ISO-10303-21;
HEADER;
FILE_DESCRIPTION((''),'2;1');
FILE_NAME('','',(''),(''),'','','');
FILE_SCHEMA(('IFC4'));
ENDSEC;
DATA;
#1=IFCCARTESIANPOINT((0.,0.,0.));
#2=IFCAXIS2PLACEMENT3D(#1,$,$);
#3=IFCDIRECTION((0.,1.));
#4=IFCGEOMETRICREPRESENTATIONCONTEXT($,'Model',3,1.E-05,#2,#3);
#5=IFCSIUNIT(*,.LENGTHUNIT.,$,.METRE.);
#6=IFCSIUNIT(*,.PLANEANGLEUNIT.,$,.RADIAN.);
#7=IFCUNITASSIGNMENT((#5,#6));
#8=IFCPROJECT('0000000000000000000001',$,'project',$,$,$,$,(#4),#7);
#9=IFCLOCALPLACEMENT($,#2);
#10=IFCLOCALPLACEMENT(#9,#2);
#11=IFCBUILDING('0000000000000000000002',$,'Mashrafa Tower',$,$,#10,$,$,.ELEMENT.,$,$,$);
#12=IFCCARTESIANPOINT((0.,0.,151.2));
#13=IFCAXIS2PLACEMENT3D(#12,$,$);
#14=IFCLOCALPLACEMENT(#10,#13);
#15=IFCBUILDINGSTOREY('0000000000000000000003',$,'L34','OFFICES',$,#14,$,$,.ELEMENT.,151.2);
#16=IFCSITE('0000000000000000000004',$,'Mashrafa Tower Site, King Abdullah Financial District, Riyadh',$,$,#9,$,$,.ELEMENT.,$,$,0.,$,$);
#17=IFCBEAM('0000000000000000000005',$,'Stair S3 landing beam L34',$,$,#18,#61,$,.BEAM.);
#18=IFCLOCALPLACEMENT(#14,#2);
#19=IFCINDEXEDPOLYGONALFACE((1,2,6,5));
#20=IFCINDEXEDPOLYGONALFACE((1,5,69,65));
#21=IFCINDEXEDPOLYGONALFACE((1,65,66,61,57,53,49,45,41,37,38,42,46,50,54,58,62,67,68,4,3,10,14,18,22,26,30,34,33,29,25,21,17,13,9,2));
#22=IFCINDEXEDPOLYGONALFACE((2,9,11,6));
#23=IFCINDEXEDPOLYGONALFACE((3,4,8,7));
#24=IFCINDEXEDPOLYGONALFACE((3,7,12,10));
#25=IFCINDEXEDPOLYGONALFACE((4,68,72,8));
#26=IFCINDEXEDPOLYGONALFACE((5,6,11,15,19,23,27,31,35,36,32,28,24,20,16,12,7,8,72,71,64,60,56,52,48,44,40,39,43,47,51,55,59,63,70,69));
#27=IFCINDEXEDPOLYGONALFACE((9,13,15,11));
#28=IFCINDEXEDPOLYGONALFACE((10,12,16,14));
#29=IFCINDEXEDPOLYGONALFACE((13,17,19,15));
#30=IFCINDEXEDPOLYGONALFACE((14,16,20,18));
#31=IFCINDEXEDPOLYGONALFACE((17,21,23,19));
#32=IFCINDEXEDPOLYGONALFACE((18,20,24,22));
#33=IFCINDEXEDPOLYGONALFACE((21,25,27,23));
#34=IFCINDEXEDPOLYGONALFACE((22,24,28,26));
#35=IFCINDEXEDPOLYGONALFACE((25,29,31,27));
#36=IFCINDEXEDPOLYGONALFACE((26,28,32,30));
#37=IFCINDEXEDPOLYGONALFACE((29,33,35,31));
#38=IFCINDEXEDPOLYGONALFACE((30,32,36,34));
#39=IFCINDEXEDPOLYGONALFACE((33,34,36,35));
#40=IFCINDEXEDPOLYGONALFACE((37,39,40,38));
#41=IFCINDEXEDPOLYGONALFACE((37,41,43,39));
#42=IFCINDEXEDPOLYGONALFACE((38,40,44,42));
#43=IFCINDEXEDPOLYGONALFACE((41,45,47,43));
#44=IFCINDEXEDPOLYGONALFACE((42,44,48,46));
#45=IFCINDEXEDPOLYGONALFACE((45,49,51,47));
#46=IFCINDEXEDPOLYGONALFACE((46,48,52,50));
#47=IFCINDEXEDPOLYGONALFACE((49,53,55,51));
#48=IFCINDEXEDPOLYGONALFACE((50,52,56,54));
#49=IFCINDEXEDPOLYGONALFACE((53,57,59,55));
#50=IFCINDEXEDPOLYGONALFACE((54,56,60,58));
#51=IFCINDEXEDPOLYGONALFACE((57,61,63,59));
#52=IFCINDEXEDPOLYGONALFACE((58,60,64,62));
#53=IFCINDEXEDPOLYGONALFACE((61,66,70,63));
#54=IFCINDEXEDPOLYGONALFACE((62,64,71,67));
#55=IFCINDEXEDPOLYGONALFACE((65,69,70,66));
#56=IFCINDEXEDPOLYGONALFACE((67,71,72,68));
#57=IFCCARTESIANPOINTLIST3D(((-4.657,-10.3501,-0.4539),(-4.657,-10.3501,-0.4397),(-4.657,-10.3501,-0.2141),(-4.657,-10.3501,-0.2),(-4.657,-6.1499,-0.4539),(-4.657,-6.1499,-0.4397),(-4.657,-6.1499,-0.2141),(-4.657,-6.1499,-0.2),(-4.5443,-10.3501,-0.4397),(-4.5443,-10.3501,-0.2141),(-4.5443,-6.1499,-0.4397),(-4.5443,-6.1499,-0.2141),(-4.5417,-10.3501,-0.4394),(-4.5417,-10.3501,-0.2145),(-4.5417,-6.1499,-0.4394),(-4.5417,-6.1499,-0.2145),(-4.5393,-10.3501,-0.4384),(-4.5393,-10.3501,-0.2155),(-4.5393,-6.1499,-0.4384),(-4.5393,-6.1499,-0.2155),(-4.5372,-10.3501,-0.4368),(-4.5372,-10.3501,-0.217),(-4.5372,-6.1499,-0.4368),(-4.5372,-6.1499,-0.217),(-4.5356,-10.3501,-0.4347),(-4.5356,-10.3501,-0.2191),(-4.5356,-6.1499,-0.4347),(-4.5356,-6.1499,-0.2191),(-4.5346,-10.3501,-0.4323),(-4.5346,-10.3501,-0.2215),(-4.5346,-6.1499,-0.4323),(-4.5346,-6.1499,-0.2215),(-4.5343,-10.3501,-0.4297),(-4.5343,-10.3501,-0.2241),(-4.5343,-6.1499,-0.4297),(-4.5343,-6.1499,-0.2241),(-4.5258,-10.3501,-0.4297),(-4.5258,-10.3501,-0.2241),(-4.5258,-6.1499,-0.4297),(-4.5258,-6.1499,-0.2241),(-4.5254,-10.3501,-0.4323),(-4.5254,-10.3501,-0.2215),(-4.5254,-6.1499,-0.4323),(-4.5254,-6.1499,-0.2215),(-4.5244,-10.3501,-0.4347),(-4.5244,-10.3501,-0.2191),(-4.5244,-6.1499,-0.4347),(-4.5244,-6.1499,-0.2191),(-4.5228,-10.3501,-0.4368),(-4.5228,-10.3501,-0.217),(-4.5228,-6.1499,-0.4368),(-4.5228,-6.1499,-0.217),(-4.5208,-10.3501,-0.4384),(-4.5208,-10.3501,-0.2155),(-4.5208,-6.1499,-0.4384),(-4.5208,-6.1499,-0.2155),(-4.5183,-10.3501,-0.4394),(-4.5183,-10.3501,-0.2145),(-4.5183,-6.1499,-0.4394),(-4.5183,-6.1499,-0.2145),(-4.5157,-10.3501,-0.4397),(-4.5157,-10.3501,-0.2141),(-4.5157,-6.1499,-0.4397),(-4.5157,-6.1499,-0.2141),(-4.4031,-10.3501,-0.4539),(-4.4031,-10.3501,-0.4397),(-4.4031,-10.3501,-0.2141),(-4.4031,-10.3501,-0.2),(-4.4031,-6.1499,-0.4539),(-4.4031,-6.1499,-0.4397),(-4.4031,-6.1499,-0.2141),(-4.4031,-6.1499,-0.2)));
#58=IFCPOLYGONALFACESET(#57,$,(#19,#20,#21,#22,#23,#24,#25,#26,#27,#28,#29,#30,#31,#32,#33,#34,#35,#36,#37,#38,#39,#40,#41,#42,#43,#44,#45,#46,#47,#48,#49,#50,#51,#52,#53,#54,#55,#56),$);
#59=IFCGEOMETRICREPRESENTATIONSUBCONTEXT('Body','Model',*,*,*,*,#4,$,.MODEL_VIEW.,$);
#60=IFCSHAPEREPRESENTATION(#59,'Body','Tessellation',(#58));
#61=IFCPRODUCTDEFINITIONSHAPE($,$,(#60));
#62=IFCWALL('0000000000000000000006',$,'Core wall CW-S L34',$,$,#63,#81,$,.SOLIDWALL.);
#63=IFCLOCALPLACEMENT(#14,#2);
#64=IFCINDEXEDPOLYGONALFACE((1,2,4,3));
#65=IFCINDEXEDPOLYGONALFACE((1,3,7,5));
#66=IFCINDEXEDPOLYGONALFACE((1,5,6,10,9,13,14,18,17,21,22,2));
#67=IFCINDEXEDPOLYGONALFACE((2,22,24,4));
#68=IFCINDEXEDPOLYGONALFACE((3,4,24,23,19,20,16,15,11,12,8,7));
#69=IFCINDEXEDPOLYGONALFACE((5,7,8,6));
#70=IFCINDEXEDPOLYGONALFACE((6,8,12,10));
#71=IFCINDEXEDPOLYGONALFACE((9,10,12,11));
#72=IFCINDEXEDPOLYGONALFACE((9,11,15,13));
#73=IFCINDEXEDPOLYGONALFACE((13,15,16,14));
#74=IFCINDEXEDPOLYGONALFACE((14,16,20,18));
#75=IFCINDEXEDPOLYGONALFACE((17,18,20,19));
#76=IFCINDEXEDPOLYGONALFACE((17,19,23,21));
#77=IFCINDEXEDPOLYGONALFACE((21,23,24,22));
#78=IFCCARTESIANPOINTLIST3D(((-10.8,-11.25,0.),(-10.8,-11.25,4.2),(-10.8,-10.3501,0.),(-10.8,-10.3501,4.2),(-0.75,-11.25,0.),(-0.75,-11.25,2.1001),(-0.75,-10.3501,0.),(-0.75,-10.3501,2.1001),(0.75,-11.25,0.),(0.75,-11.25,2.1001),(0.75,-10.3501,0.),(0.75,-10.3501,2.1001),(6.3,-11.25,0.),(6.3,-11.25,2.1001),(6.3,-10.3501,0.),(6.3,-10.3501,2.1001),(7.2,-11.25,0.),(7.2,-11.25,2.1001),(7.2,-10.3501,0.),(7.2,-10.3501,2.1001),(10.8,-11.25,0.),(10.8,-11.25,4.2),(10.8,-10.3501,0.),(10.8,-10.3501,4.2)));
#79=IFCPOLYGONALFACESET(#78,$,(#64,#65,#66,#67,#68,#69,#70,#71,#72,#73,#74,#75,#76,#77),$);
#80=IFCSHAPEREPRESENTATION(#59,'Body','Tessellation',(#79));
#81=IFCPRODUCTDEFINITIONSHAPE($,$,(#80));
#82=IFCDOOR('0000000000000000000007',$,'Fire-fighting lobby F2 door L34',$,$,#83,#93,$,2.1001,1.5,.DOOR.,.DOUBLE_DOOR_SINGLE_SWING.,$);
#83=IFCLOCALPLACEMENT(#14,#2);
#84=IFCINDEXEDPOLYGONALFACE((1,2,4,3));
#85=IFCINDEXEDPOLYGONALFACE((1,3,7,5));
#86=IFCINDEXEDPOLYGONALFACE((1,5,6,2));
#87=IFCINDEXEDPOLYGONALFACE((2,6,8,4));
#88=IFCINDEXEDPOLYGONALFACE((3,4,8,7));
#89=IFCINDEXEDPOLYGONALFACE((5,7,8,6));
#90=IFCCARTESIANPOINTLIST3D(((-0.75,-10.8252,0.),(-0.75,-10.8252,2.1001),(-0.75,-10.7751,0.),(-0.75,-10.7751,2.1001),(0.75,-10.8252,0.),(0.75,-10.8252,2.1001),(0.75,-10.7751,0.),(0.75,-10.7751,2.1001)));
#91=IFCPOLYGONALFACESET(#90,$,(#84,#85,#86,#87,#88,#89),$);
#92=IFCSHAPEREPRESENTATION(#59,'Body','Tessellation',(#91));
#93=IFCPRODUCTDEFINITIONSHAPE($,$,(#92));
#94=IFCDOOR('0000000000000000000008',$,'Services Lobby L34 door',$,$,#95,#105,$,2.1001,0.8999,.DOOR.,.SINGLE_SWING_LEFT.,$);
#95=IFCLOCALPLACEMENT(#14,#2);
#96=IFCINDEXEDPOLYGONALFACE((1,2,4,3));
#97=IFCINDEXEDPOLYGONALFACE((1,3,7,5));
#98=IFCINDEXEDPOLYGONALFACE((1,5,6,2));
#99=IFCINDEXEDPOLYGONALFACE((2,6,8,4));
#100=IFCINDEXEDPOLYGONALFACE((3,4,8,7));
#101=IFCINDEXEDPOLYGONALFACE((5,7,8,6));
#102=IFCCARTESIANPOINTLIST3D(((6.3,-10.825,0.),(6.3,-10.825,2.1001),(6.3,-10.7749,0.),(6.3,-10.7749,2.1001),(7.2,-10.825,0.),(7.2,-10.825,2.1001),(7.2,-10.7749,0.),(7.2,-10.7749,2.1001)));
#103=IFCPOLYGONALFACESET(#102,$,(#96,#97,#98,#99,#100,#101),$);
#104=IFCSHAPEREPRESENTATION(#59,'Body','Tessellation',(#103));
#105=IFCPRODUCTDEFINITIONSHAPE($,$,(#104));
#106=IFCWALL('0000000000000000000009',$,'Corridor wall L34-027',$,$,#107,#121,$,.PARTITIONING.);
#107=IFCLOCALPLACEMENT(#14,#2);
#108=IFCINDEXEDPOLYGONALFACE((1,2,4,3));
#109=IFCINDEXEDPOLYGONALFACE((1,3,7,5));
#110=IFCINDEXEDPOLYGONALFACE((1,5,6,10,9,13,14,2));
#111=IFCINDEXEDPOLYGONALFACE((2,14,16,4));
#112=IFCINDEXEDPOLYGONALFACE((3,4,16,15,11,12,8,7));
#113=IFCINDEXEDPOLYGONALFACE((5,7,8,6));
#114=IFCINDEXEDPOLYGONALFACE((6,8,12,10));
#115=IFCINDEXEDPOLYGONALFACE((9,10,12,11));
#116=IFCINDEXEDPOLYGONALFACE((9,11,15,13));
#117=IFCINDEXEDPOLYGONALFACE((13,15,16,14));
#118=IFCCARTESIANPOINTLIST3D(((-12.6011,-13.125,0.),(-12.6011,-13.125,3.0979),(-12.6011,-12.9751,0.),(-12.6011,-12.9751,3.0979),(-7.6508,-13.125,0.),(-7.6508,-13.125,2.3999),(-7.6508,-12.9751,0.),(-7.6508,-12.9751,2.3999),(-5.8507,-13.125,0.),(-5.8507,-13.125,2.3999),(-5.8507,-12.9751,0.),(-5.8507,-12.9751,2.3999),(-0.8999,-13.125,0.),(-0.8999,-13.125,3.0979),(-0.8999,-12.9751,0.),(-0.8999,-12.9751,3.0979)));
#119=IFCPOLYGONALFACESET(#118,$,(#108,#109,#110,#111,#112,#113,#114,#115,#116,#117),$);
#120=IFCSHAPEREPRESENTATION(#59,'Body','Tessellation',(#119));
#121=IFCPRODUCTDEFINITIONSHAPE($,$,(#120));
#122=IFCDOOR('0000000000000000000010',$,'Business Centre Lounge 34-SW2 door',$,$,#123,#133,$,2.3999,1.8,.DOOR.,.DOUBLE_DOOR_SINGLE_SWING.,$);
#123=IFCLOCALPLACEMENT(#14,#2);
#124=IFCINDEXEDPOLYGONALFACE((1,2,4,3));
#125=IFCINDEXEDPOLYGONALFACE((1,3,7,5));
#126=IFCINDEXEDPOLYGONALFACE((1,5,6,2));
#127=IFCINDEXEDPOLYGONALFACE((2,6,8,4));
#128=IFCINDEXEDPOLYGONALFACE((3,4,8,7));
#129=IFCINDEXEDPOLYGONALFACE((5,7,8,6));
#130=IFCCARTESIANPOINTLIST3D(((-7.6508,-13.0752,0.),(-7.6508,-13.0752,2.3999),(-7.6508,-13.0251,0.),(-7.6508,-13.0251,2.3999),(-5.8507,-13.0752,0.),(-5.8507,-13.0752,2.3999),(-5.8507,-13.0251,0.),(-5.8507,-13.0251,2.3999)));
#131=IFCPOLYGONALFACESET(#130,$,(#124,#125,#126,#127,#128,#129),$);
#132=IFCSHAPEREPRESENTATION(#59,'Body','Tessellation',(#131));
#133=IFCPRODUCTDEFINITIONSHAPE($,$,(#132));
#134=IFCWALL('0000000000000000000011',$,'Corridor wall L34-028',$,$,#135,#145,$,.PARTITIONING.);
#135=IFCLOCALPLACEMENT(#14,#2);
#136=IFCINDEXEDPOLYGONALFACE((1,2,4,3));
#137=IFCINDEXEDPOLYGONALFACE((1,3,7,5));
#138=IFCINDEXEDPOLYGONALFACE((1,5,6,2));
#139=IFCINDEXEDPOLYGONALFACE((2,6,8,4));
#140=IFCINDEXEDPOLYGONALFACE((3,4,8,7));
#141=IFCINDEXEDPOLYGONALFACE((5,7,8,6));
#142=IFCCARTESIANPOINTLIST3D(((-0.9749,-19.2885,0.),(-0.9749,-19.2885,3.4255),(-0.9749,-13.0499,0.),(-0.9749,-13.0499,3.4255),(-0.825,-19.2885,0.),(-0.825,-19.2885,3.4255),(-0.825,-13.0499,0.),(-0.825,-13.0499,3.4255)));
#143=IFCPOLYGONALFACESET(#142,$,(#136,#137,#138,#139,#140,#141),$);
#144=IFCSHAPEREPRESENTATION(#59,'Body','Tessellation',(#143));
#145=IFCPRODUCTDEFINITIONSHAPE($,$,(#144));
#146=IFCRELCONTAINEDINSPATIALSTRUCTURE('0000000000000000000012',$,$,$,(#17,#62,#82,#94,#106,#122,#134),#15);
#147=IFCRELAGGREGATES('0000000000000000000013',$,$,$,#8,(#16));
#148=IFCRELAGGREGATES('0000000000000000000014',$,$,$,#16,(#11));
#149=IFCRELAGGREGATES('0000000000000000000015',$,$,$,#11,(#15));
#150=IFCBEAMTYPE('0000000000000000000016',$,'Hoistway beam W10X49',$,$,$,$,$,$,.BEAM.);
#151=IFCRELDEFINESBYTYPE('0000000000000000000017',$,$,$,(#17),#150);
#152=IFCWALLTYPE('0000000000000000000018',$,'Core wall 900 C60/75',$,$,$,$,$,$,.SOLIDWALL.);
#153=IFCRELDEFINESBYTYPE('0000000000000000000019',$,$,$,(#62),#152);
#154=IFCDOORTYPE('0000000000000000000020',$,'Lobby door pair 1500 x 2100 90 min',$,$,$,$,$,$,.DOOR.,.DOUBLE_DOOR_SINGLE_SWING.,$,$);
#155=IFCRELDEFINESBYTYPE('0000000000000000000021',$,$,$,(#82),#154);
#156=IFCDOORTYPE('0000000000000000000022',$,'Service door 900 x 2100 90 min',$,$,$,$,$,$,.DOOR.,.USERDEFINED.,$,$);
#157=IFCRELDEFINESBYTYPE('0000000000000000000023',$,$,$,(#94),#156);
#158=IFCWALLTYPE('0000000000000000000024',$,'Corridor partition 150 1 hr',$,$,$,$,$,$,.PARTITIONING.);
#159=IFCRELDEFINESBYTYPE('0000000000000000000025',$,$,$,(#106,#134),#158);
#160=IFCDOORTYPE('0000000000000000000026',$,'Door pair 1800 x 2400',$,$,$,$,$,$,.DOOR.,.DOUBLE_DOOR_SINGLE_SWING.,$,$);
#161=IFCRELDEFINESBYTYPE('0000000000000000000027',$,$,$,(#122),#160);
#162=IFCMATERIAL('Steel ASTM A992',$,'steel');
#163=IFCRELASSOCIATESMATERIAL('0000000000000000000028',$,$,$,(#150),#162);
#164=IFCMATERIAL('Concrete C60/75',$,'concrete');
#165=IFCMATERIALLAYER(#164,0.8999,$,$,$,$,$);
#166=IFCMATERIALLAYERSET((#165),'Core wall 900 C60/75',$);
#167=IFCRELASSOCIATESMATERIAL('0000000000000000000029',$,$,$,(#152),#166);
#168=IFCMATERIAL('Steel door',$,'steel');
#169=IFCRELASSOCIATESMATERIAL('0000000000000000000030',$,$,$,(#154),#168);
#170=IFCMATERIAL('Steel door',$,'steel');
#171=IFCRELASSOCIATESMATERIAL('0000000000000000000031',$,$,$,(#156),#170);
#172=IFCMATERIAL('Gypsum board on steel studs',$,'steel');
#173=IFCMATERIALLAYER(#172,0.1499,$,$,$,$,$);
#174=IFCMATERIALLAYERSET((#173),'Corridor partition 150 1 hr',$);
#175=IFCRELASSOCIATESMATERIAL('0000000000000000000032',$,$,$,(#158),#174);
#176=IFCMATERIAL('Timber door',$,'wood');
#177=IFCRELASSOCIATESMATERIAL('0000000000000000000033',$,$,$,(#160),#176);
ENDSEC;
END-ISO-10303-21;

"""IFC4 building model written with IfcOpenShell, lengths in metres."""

from ifc_helpers import new_model, si_unit, direction, frame, frame_2d, origin, origin_2d, place, context, subcontext, project, spatial, rectangle, i_section, extrude, material, layer, layer_set, material_profile, profile_set, type_object, element, fill, save


model = new_model("IFC4")

# Units and contexts
model_context = context("Model", 3, precision=1e-05, world=origin(), true_north=direction((0.0, 1.0)))
body_context = subcontext(model_context, "Body", "Model", "MODEL_VIEW")
ifc_project = project(units=[si_unit("LENGTHUNIT", "METRE"), si_unit("PLANEANGLEUNIT", "RADIAN")], contexts=[model_context])

# Site, building, storey
site_placement = place(None, origin())
site = spatial("IfcSite", under=ifc_project, at=site_placement, Name="Mashrafa Tower Site, King Abdullah Financial District, Riyadh", CompositionType="ELEMENT", RefElevation=0.0)
building_placement = place(site_placement, origin())
building = spatial("IfcBuilding", under=site, at=building_placement, Name="Mashrafa Tower", CompositionType="ELEMENT")
storey_placement = place(building_placement, frame((0.0, 0.0, 151.2)))
storey = spatial("IfcBuildingStorey", under=building, at=storey_placement, Name="L34", Description="OFFICES", CompositionType="ELEMENT", Elevation=151.2)

# Beam
ifc_material_1 = material(Name="Steel ASTM A992", Category="steel")
ifc_material_profile_1 = material_profile(ifc_material_1, i_section(OverallWidth=0.2539, OverallDepth=0.2539, WebThickness=0.0085, FlangeThickness=0.0142, FilletRadius=0.01, at=origin_2d()), Name="W10X49")
ifc_profile_set_1 = profile_set([ifc_material_profile_1], Name="Steel ASTM A992")
beam_type_1 = type_object("IfcBeamType", Name="Hoistway beam W10X49", PredefinedType="BEAM", material=ifc_profile_set_1)
beam_1_placement = place(storey_placement, frame((-4.53, -10.3501, -0.3269), z_axis=(0.0, 1.0, 0.0), x_axis=(-1.0, 0.0, 0.0)))
element("IfcBeam", 1, at=beam_1_placement, inside=storey, type_object=beam_type_1, Name="Stair S3 landing beam L34", PredefinedType="BEAM", context=body_context, shape_type="SweptSolid", body=[
    extrude(i_section(OverallWidth=0.2539, OverallDepth=0.2539, WebThickness=0.0085, FlangeThickness=0.0142, FilletRadius=0.01, at=origin_2d()), origin(), (0.0, 0.0, 1.0), 4.2002),
])

# Wall, openings, doors
ifc_material_2 = material(Name="Concrete C60/75", Category="concrete")
ifc_layer_1 = layer(ifc_material_2, 0.8999)
ifc_layer_set_1 = layer_set([ifc_layer_1], Name="Core wall 900 C60/75")
wall_type_1 = type_object("IfcWallType", Name="Core wall 900 C60/75", PredefinedType="SOLIDWALL", material=ifc_layer_set_1)
wall_1_placement = place(storey_placement, frame((-10.8, -10.8, 0.0), z_axis=(0.0, 0.0, 1.0), x_axis=(1.0, 0.0, 0.0)))
wall_1 = element("IfcWall", 2, at=wall_1_placement, inside=storey, type_object=wall_type_1, Name="Core wall CW-S L34", PredefinedType="SOLIDWALL", context=body_context, shape_type="SweptSolid", body=[
    extrude(rectangle(XDim=21.6001, YDim=0.8999, at=frame_2d((10.8, 0.0))), origin(), (0.0, 0.0, 1.0), 4.2),
])
opening_1_placement = place(wall_1_placement, frame((10.05, 0.0, 0.0)))
opening_1 = element("IfcOpeningElement", 3, at=opening_1_placement, cuts=wall_1, PredefinedType="OPENING", context=body_context, shape_type="SweptSolid", body=[
    extrude(rectangle(XDim=1.5, YDim=2.1001, at=frame_2d((0.75, 1.05))), frame((0.0, 0.46, 0.0), z_axis=(0.0, -1.0, 0.0), x_axis=(1.0, 0.0, 0.0)), (0.0, 0.0, 1.0), 0.9199),
])
opening_2_placement = place(wall_1_placement, frame((17.1001, 0.0, 0.0)))
opening_2 = element("IfcOpeningElement", 4, at=opening_2_placement, cuts=wall_1, PredefinedType="OPENING", context=body_context, shape_type="SweptSolid", body=[
    extrude(rectangle(XDim=0.8999, YDim=2.1001, at=frame_2d((0.45, 1.05))), frame((0.0, 0.46, 0.0), z_axis=(0.0, -1.0, 0.0), x_axis=(1.0, 0.0, 0.0)), (0.0, 0.0, 1.0), 0.9199),
])
ifc_material_3 = material(Name="Steel door", Category="steel")
door_type_1 = type_object("IfcDoorType", Name="Lobby door pair 1500 x 2100 90 min", OperationType="DOUBLE_DOOR_SINGLE_SWING", PredefinedType="DOOR", material=ifc_material_3)
door_1_placement = place(opening_1_placement, origin())
door_1 = element("IfcDoor", 5, at=door_1_placement, inside=storey, type_object=door_type_1, Name="Fire-fighting lobby F2 door L34", OperationType="DOUBLE_DOOR_SINGLE_SWING", OverallHeight=2.1001, OverallWidth=1.5, PredefinedType="DOOR", context=body_context, shape_type="SweptSolid", body=[
    extrude(rectangle(XDim=1.5, YDim=2.1001, at=frame_2d((0.75, 1.05))), frame((0.0, 0.0249, 0.0), z_axis=(0.0, -1.0, 0.0), x_axis=(1.0, 0.0, 0.0)), (0.0, 0.0, 1.0), 0.05),
])
fill(opening_1, door_1)
ifc_material_4 = material(Name="Steel door", Category="steel")
door_type_2 = type_object("IfcDoorType", Name="Service door 900 x 2100 90 min", OperationType="USERDEFINED", PredefinedType="DOOR", material=ifc_material_4)
door_2_placement = place(opening_2_placement, frame((0.8999, 0.0, 0.0), z_axis=(0.0, 0.0, 1.0), x_axis=(-1.0, 0.0, 0.0)))
door_2 = element("IfcDoor", 6, at=door_2_placement, inside=storey, type_object=door_type_2, Name="Services Lobby L34 door", OperationType="SINGLE_SWING_LEFT", OverallHeight=2.1001, OverallWidth=0.8999, PredefinedType="DOOR", context=body_context, shape_type="SweptSolid", body=[
    extrude(rectangle(XDim=0.8999, YDim=2.1001, at=frame_2d((0.45, 1.05))), frame((0.0, 0.0249, 0.0), z_axis=(0.0, -1.0, 0.0), x_axis=(1.0, 0.0, 0.0)), (0.0, 0.0, 1.0), 0.05),
])
fill(opening_2, door_2)

# Wall, opening, door
ifc_material_5 = material(Name="Gypsum board on steel studs", Category="steel")
ifc_layer_2 = layer(ifc_material_5, 0.1499)
ifc_layer_set_2 = layer_set([ifc_layer_2], Name="Corridor partition 150 1 hr")
wall_type_2 = type_object("IfcWallType", Name="Corridor partition 150 1 hr", PredefinedType="PARTITIONING", material=ifc_layer_set_2)
wall_2_placement = place(storey_placement, frame((-12.6011, -13.05, 0.0), z_axis=(0.0, 0.0, 1.0), x_axis=(1.0, 0.0, 0.0)))
wall_2 = element("IfcWall", 7, at=wall_2_placement, inside=storey, type_object=wall_type_2, Name="Corridor wall L34-027", PredefinedType="PARTITIONING", context=body_context, shape_type="SweptSolid", body=[
    extrude(rectangle(XDim=11.7012, YDim=0.1499, at=frame_2d((5.8506, 0.0))), origin(), (0.0, 0.0, 1.0), 3.0979),
])
opening_3_placement = place(wall_2_placement, frame((4.9504, 0.0, 0.0)))
opening_3 = element("IfcOpeningElement", 8, at=opening_3_placement, cuts=wall_2, PredefinedType="OPENING", context=body_context, shape_type="SweptSolid", body=[
    extrude(rectangle(XDim=1.8, YDim=2.3999, at=frame_2d((0.8999, 1.2))), frame((0.0, 0.085, 0.0), z_axis=(0.0, -1.0, 0.0), x_axis=(1.0, 0.0, 0.0)), (0.0, 0.0, 1.0), 0.1699),
])
ifc_material_6 = material(Name="Timber door", Category="wood")
door_type_3 = type_object("IfcDoorType", Name="Door pair 1800 x 2400", OperationType="DOUBLE_DOOR_SINGLE_SWING", PredefinedType="DOOR", material=ifc_material_6)
door_3_placement = place(opening_3_placement, origin())
door_3 = element("IfcDoor", 9, at=door_3_placement, inside=storey, type_object=door_type_3, Name="Business Centre Lounge 34-SW2 door", OperationType="DOUBLE_DOOR_SINGLE_SWING", OverallHeight=2.3999, OverallWidth=1.8, PredefinedType="DOOR", context=body_context, shape_type="SweptSolid", body=[
    extrude(rectangle(XDim=1.8, YDim=2.3999, at=frame_2d((0.8999, 1.2))), frame((0.0, 0.0249, 0.0), z_axis=(0.0, -1.0, 0.0), x_axis=(1.0, 0.0, 0.0)), (0.0, 0.0, 1.0), 0.05),
])
fill(opening_3, door_3)

# Wall
wall_3_placement = place(storey_placement, frame((-0.8999, -13.05, 0.0), z_axis=(0.0, 0.0, 1.0), x_axis=(0.0, -1.0, 0.0)))
element("IfcWall", 10, at=wall_3_placement, inside=storey, type_object=wall_type_2, Name="Corridor wall L34-028", PredefinedType="PARTITIONING", context=body_context, shape_type="SweptSolid", body=[
    extrude(rectangle(XDim=6.2385, YDim=0.1499, at=frame_2d((3.1191, 0.0))), origin(), (0.0, 0.0, 1.0), 3.4255),
])

save(model, "model.ifc")
